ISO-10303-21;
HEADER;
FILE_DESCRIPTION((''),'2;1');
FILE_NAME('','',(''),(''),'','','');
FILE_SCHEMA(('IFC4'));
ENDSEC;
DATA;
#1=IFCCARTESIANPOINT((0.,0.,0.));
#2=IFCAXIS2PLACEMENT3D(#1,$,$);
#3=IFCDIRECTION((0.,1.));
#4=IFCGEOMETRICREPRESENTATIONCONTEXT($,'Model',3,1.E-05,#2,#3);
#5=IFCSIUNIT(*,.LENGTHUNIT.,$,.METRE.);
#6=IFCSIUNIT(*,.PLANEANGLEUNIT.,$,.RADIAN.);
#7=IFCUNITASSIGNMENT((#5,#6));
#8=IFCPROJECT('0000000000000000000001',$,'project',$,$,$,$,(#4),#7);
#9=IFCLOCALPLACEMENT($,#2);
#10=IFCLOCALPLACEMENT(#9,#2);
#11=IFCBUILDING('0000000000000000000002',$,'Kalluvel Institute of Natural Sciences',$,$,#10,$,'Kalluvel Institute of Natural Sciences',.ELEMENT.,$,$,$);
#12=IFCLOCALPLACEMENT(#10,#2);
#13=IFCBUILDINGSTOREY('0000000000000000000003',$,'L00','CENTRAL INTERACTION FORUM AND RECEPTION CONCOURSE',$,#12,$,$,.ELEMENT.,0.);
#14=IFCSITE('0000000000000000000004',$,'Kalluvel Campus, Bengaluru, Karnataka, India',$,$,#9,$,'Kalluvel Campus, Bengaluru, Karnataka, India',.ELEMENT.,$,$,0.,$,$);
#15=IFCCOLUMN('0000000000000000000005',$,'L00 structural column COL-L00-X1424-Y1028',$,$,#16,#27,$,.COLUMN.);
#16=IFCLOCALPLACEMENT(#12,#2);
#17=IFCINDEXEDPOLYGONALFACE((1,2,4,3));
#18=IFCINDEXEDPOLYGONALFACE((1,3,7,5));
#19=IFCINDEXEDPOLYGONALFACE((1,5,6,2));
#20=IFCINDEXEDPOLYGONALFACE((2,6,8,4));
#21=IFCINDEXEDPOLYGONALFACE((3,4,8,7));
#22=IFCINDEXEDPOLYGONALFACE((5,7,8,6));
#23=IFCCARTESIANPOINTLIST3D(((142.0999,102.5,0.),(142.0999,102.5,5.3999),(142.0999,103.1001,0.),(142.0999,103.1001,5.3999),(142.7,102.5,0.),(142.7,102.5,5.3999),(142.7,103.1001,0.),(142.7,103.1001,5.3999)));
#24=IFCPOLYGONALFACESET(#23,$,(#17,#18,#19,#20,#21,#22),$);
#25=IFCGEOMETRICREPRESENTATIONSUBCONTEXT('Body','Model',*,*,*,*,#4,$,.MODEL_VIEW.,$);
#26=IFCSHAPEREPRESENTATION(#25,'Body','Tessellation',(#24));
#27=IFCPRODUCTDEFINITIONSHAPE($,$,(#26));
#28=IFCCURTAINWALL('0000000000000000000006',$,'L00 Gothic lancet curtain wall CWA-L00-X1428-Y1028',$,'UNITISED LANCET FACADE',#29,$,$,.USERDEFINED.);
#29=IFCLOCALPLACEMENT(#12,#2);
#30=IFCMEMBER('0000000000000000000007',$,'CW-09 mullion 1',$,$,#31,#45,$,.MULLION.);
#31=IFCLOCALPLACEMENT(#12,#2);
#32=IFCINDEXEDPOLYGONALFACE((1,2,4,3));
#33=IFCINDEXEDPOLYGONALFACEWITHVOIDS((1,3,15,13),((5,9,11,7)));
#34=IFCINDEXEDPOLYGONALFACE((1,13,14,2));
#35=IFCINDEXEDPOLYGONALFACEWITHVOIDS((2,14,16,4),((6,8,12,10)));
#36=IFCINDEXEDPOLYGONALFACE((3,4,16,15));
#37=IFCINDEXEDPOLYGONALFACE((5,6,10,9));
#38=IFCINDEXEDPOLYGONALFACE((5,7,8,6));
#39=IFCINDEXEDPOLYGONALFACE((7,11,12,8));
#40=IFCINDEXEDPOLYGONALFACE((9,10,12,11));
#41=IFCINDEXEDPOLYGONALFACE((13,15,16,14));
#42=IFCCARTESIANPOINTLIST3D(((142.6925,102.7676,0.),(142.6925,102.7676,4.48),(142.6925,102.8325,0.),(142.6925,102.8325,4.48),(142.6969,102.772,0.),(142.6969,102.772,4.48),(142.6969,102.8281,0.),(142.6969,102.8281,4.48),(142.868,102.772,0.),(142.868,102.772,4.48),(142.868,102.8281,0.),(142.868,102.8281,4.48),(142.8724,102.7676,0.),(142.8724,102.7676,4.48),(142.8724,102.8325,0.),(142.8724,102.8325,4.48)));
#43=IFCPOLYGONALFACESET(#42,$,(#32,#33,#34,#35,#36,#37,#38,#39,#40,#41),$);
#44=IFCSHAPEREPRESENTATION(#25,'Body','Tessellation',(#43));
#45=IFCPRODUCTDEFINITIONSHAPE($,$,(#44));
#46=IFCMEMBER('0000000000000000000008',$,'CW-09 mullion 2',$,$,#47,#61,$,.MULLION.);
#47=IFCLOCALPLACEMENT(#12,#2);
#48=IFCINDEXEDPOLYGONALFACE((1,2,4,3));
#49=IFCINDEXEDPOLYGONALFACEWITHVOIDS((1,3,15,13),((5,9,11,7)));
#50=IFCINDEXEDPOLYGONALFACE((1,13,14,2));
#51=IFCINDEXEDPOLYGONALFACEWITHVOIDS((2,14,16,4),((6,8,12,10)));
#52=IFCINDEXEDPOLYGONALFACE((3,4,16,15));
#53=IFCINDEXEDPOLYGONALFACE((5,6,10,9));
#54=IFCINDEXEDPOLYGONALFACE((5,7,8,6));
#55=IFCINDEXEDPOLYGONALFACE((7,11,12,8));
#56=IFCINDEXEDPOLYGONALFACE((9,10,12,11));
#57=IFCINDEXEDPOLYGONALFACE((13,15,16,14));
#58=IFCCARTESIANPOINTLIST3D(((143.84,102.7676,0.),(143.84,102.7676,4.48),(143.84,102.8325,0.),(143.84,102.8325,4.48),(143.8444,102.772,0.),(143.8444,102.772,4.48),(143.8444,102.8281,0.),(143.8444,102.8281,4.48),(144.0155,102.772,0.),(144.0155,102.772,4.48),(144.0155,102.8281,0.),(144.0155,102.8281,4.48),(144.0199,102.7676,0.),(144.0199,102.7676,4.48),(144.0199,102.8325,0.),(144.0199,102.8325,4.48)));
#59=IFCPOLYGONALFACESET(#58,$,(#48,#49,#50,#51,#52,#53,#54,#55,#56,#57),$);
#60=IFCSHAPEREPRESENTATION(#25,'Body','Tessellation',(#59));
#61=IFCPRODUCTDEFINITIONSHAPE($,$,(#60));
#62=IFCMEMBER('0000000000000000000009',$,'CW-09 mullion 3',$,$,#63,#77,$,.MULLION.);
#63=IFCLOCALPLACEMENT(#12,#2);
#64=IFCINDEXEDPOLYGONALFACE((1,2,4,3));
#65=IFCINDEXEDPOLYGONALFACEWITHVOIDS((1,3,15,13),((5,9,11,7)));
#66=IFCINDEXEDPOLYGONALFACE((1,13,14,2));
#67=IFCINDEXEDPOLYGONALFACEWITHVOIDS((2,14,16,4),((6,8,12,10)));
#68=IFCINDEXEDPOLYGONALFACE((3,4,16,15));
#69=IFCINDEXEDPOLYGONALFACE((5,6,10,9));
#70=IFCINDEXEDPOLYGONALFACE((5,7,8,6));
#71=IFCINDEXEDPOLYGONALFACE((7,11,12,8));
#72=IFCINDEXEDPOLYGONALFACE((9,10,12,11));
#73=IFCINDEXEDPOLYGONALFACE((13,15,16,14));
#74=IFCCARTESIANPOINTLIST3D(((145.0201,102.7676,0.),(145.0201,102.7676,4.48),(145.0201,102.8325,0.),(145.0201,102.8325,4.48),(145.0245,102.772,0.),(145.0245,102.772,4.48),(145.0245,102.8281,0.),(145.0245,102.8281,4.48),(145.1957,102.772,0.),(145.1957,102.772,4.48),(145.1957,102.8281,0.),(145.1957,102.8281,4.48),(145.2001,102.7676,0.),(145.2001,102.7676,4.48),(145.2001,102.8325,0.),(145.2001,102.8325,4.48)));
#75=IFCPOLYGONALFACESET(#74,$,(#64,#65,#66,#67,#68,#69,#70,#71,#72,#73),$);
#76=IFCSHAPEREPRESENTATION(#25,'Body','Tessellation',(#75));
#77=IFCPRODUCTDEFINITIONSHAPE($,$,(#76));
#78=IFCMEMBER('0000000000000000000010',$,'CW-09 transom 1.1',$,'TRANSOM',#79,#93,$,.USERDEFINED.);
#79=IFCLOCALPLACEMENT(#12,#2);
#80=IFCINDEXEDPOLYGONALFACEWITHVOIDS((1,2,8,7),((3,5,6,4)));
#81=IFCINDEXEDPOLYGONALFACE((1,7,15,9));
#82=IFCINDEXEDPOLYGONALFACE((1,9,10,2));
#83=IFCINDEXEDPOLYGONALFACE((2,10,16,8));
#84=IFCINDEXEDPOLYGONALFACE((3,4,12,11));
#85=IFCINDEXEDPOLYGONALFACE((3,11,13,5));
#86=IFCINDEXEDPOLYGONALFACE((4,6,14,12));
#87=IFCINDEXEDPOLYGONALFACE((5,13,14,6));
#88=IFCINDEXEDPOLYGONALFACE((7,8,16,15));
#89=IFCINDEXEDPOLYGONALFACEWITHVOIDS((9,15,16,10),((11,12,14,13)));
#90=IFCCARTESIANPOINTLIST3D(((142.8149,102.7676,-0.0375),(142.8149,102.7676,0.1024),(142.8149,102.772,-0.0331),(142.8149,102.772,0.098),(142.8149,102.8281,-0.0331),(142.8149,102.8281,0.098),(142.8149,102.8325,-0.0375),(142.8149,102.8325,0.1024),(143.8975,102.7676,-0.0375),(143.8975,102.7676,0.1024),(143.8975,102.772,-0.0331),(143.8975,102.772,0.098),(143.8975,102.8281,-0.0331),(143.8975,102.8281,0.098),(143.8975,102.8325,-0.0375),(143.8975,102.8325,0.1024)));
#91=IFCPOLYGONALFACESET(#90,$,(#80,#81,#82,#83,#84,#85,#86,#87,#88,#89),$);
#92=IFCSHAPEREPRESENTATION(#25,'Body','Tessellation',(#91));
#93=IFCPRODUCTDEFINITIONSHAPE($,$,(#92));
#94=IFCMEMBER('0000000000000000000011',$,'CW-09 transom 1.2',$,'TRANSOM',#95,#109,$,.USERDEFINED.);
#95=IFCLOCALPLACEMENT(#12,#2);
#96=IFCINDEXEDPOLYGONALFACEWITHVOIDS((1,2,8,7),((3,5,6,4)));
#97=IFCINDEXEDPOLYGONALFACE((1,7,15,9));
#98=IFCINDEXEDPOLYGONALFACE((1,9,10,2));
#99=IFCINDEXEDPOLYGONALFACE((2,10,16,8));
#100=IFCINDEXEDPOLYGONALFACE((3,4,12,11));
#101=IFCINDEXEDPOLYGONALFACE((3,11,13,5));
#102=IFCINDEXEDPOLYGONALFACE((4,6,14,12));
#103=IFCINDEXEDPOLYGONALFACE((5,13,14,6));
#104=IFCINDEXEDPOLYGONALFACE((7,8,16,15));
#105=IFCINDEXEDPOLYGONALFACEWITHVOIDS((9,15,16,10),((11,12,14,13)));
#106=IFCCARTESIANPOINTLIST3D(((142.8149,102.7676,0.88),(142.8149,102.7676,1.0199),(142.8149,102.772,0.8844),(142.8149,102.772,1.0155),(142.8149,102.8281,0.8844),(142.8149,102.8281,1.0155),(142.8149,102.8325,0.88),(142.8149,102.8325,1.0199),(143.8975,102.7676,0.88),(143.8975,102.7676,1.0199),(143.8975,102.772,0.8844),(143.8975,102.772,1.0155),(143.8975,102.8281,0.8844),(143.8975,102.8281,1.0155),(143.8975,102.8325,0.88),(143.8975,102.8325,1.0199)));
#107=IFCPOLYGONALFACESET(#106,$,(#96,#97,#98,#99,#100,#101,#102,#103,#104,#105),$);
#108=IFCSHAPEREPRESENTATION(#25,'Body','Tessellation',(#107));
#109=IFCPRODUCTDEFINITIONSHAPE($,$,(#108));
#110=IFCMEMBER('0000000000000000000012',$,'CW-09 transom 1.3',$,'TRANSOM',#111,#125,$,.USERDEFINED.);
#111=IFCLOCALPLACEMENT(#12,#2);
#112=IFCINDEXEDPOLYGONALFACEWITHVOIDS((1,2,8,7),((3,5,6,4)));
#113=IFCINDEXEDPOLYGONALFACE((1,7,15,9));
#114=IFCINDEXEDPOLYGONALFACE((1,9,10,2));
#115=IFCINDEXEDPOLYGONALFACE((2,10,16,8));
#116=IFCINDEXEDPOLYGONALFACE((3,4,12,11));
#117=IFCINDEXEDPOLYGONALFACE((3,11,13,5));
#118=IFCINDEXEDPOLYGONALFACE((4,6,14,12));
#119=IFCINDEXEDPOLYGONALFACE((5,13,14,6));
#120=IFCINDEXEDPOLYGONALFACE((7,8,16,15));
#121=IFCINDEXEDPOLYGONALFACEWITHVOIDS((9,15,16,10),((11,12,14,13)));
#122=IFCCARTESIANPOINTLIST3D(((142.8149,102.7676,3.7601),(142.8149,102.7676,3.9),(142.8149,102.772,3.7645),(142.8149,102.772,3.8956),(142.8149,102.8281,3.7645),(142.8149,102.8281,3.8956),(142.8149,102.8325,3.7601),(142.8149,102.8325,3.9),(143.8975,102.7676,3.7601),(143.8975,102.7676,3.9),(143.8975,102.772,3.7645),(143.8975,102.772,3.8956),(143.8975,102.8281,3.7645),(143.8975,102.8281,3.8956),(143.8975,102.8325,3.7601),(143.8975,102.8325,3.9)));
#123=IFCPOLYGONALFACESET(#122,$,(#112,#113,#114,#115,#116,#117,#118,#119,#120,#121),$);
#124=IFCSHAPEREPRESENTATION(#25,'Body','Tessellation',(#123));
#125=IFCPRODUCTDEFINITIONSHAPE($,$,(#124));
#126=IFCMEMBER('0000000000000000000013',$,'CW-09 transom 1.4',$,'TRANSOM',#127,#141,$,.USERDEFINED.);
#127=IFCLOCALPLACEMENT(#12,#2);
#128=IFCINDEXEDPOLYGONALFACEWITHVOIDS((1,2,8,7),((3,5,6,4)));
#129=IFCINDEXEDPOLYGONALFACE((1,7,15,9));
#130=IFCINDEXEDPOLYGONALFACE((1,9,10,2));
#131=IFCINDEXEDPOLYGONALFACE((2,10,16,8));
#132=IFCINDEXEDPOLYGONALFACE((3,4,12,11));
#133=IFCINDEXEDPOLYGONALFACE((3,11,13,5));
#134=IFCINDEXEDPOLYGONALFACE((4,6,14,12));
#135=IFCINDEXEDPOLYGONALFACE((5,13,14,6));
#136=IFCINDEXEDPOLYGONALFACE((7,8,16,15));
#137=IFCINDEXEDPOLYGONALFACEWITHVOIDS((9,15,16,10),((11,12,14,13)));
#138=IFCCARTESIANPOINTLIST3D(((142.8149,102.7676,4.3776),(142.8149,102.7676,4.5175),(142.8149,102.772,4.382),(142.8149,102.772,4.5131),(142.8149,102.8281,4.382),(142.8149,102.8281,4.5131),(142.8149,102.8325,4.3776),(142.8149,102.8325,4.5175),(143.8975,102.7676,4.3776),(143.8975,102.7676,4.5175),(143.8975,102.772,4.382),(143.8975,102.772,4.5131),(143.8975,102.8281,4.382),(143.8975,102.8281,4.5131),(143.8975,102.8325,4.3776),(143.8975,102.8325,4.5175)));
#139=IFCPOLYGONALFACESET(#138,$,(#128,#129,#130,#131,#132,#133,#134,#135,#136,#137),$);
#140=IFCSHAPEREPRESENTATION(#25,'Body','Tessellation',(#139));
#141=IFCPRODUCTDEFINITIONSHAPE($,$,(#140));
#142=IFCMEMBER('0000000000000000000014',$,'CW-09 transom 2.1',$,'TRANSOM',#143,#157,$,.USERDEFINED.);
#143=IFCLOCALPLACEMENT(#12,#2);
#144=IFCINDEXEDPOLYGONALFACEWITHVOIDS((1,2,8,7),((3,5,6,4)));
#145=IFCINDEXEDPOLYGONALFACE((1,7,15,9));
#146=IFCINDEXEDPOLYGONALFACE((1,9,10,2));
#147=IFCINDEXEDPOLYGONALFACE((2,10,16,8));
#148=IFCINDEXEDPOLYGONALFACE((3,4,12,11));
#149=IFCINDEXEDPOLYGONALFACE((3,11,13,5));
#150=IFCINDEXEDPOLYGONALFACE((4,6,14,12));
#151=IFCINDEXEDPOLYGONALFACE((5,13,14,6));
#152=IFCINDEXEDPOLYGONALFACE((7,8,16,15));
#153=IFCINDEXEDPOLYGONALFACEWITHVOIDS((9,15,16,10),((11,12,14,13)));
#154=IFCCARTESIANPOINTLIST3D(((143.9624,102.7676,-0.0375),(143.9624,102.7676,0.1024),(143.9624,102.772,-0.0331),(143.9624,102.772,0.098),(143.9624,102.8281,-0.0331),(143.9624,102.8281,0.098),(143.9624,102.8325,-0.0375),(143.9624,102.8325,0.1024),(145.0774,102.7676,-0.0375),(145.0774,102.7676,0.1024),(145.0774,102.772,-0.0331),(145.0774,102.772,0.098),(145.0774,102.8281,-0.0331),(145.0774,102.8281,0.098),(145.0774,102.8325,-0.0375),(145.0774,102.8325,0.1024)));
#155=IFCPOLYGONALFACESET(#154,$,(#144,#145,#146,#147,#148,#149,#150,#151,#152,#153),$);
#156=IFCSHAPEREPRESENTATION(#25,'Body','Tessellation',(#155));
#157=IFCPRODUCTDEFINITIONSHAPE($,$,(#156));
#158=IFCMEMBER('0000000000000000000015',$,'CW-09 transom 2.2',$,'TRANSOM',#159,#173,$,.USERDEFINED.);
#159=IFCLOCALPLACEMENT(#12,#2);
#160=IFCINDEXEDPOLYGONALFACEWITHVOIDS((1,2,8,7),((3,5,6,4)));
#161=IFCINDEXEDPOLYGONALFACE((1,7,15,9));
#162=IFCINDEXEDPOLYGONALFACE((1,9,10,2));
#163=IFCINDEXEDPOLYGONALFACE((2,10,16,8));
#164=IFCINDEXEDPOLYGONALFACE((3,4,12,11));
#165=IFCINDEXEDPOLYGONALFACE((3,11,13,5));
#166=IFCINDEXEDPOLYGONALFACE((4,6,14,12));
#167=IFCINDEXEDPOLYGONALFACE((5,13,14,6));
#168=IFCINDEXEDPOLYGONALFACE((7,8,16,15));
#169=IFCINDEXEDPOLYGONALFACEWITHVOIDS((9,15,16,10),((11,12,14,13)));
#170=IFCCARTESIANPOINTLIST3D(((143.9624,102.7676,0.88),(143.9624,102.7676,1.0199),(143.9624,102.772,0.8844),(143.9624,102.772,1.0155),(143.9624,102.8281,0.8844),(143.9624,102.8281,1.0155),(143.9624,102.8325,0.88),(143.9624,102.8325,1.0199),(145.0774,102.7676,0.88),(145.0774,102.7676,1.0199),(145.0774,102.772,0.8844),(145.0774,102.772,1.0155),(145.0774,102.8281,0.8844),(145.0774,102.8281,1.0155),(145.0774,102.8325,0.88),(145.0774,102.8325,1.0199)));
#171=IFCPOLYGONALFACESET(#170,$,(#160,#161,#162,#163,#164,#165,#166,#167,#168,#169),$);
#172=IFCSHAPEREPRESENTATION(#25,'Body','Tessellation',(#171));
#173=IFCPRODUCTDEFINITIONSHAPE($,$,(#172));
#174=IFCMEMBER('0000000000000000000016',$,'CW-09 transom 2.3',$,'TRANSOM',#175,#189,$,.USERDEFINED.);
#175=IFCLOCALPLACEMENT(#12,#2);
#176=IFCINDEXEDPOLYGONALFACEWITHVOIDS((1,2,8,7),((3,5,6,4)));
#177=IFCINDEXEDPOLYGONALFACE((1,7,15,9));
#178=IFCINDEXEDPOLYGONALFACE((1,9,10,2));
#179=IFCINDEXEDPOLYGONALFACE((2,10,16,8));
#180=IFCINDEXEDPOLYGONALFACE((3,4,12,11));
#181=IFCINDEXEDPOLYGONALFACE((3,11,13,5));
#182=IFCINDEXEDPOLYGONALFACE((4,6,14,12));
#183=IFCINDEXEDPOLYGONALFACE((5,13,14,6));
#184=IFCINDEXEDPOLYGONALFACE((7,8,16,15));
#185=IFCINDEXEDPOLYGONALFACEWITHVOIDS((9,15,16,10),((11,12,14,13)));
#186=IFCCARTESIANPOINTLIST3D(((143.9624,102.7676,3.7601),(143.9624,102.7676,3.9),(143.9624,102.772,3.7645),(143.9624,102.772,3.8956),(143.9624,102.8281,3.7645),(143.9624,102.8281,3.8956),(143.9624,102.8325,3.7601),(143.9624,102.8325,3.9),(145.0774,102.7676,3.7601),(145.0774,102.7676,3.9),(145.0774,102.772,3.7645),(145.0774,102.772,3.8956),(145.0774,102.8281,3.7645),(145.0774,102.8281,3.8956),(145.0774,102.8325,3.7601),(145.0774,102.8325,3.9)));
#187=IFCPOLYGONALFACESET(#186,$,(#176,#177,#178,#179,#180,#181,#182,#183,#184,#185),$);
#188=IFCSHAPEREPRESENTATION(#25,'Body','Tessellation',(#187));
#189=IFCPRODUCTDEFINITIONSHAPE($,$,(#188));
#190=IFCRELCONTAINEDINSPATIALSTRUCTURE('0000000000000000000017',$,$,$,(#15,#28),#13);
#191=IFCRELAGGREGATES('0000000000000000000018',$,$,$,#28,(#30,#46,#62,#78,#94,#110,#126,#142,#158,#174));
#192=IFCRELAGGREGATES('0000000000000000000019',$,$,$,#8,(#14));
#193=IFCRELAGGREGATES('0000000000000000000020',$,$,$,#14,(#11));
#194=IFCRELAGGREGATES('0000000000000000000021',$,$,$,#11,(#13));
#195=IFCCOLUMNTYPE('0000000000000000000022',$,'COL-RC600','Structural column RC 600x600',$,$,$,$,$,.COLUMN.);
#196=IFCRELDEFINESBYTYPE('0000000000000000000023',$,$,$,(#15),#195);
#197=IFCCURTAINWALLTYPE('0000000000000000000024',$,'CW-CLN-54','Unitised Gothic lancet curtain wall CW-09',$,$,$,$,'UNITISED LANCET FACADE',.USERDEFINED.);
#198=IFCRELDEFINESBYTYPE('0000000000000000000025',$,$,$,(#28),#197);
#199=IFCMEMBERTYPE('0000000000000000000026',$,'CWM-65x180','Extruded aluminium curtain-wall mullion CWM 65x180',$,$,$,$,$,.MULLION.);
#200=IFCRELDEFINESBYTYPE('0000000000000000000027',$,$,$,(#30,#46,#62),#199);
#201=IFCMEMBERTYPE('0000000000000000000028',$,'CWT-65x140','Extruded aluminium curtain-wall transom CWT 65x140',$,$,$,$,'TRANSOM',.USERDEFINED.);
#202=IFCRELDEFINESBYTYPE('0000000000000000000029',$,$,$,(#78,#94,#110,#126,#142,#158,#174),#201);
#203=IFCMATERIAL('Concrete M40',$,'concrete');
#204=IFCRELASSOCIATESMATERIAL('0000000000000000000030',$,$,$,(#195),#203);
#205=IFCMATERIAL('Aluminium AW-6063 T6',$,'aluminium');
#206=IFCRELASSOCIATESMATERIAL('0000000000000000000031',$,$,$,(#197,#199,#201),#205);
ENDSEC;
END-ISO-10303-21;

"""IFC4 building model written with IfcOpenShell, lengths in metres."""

from ifc_helpers import new_model, si_unit, direction, frame, origin, origin_2d, place, context, subcontext, project, spatial, rectangle, hollow_rectangle, extrude, material, material_profile, profile_set, type_object, element, aggregate, save


model = new_model("IFC4")

# Units and contexts
model_context = context("Model", 3, precision=1e-05, world=origin(), true_north=direction((0.0, 1.0)))
body_context = subcontext(model_context, "Body", "Model", "MODEL_VIEW")
ifc_project = project(units=[si_unit("LENGTHUNIT", "METRE"), si_unit("PLANEANGLEUNIT", "RADIAN")], contexts=[model_context])

# Site, building, storey
site_placement = place(None, origin())
site = spatial("IfcSite", under=ifc_project, at=site_placement, Name="Kalluvel Campus, Bengaluru, Karnataka, India", LongName="Kalluvel Campus, Bengaluru, Karnataka, India", CompositionType="ELEMENT", RefElevation=0.0)
building_placement = place(site_placement, origin())
building = spatial("IfcBuilding", under=site, at=building_placement, Name="Kalluvel Institute of Natural Sciences", LongName="Kalluvel Institute of Natural Sciences", CompositionType="ELEMENT")
storey_placement = place(building_placement, origin())
storey = spatial("IfcBuildingStorey", under=building, at=storey_placement, Name="L00", Description="CENTRAL INTERACTION FORUM AND RECEPTION CONCOURSE", CompositionType="ELEMENT", Elevation=0.0)

# Column
ifc_material_1 = material(Name="Concrete M40", Category="concrete")
ifc_material_profile_1 = material_profile(ifc_material_1, rectangle(XDim=0.6001, YDim=0.6001, at=origin_2d()), Name="RC 600x600")
ifc_profile_set_1 = profile_set([ifc_material_profile_1], Name="Concrete M40")
column_type = type_object("IfcColumnType", Name="COL-RC600", Description="Structural column RC 600x600", PredefinedType="COLUMN", material=ifc_profile_set_1)
column_placement = place(storey_placement, frame((142.3999, 102.8, 0.0), z_axis=(0.0, 0.0, 1.0), x_axis=(1.0, 0.0, 0.0)))
element("IfcColumn", 1, at=column_placement, inside=storey, type_object=column_type, Name="L00 structural column COL-L00-X1424-Y1028", PredefinedType="COLUMN", context=body_context, shape_type="SweptSolid", body=[
    extrude(rectangle(XDim=0.6001, YDim=0.6001, at=origin_2d()), origin(), (0.0, 0.0, 1.0), 5.3999),
])

# Curtain wall, members
ifc_material_2 = material(Name="Aluminium AW-6063 T6", Category="aluminium")
curtain_wall_type = type_object("IfcCurtainWallType", Name="CW-CLN-54", Description="Unitised Gothic lancet curtain wall CW-09", ElementType="UNITISED LANCET FACADE", PredefinedType="USERDEFINED", material=ifc_material_2)
curtain_wall_placement = place(storey_placement, origin())
curtain_wall = element("IfcCurtainWall", 2, at=curtain_wall_placement, inside=storey, type_object=curtain_wall_type, Name="L00 Gothic lancet curtain wall CWA-L00-X1428-Y1028", ObjectType="UNITISED LANCET FACADE", PredefinedType="USERDEFINED")
ifc_material_profile_2 = material_profile(ifc_material_2, hollow_rectangle(XDim=0.0649, YDim=0.1799, WallThickness=0.0044, at=origin_2d()), Name="CWM 65x180")
ifc_profile_set_2 = profile_set([ifc_material_profile_2], Name="Aluminium AW-6063 T6")
member_type_1 = type_object("IfcMemberType", Name="CWM-65x180", Description="Extruded aluminium curtain-wall mullion CWM 65x180", PredefinedType="MULLION", material=ifc_profile_set_2)
member_1_placement = place(storey_placement, frame((142.7825, 102.8, 0.0), z_axis=(0.0, 0.0, 1.0), x_axis=(0.0, 1.0, 0.0)))
member_1 = element("IfcMember", 3, at=member_1_placement, type_object=member_type_1, Name="CW-09 mullion 1", PredefinedType="MULLION", context=body_context, shape_type="SweptSolid", body=[
    extrude(hollow_rectangle(XDim=0.0649, YDim=0.1799, WallThickness=0.0044, at=origin_2d()), origin(), (0.0, 0.0, 1.0), 4.48),
])
member_2_placement = place(storey_placement, frame((143.9299, 102.8, 0.0), z_axis=(0.0, 0.0, 1.0), x_axis=(0.0, 1.0, 0.0)))
member_2 = element("IfcMember", 4, at=member_2_placement, type_object=member_type_1, Name="CW-09 mullion 2", PredefinedType="MULLION", context=body_context, shape_type="SweptSolid", body=[
    extrude(hollow_rectangle(XDim=0.0649, YDim=0.1799, WallThickness=0.0044, at=origin_2d()), origin(), (0.0, 0.0, 1.0), 4.48),
])
member_3_placement = place(storey_placement, frame((145.1101, 102.8, 0.0), z_axis=(0.0, 0.0, 1.0), x_axis=(0.0, 1.0, 0.0)))
member_3 = element("IfcMember", 5, at=member_3_placement, type_object=member_type_1, Name="CW-09 mullion 3", PredefinedType="MULLION", context=body_context, shape_type="SweptSolid", body=[
    extrude(hollow_rectangle(XDim=0.0649, YDim=0.1799, WallThickness=0.0044, at=origin_2d()), origin(), (0.0, 0.0, 1.0), 4.48),
])
ifc_material_profile_3 = material_profile(ifc_material_2, hollow_rectangle(XDim=0.0649, YDim=0.1399, WallThickness=0.0044, at=origin_2d()), Name="CWT 65x140")
ifc_profile_set_3 = profile_set([ifc_material_profile_3], Name="Aluminium AW-6063 T6")
member_type_2 = type_object("IfcMemberType", Name="CWT-65x140", Description="Extruded aluminium curtain-wall transom CWT 65x140", ElementType="TRANSOM", PredefinedType="USERDEFINED", material=ifc_profile_set_3)
member_4_placement = place(storey_placement, frame((142.8149, 102.8, 0.0325), z_axis=(1.0, 0.0, 0.0), x_axis=(0.0, 1.0, 0.0)))
member_4 = element("IfcMember", 6, at=member_4_placement, type_object=member_type_2, Name="CW-09 transom 1.1", ObjectType="TRANSOM", PredefinedType="USERDEFINED", context=body_context, shape_type="SweptSolid", body=[
    extrude(hollow_rectangle(XDim=0.0649, YDim=0.1399, WallThickness=0.0044, at=origin_2d()), origin(), (0.0, 0.0, 1.0), 1.0825),
])
member_5_placement = place(storey_placement, frame((142.8149, 102.8, 0.95), z_axis=(1.0, 0.0, 0.0), x_axis=(0.0, 1.0, 0.0)))
member_5 = element("IfcMember", 7, at=member_5_placement, type_object=member_type_2, Name="CW-09 transom 1.2", ObjectType="TRANSOM", PredefinedType="USERDEFINED", context=body_context, shape_type="SweptSolid", body=[
    extrude(hollow_rectangle(XDim=0.0649, YDim=0.1399, WallThickness=0.0044, at=origin_2d()), origin(), (0.0, 0.0, 1.0), 1.0825),
])
member_6_placement = place(storey_placement, frame((142.8149, 102.8, 3.8301), z_axis=(1.0, 0.0, 0.0), x_axis=(0.0, 1.0, 0.0)))
member_6 = element("IfcMember", 8, at=member_6_placement, type_object=member_type_2, Name="CW-09 transom 1.3", ObjectType="TRANSOM", PredefinedType="USERDEFINED", context=body_context, shape_type="SweptSolid", body=[
    extrude(hollow_rectangle(XDim=0.0649, YDim=0.1399, WallThickness=0.0044, at=origin_2d()), origin(), (0.0, 0.0, 1.0), 1.0825),
])
member_7_placement = place(storey_placement, frame((142.8149, 102.8, 4.4475), z_axis=(1.0, 0.0, 0.0), x_axis=(0.0, 1.0, 0.0)))
member_7 = element("IfcMember", 9, at=member_7_placement, type_object=member_type_2, Name="CW-09 transom 1.4", ObjectType="TRANSOM", PredefinedType="USERDEFINED", context=body_context, shape_type="SweptSolid", body=[
    extrude(hollow_rectangle(XDim=0.0649, YDim=0.1399, WallThickness=0.0044, at=origin_2d()), origin(), (0.0, 0.0, 1.0), 1.0825),
])
member_8_placement = place(storey_placement, frame((143.9624, 102.8, 0.0325), z_axis=(1.0, 0.0, 0.0), x_axis=(0.0, 1.0, 0.0)))
member_8 = element("IfcMember", 10, at=member_8_placement, type_object=member_type_2, Name="CW-09 transom 2.1", ObjectType="TRANSOM", PredefinedType="USERDEFINED", context=body_context, shape_type="SweptSolid", body=[
    extrude(hollow_rectangle(XDim=0.0649, YDim=0.1399, WallThickness=0.0044, at=origin_2d()), origin(), (0.0, 0.0, 1.0), 1.115),
])
member_9_placement = place(storey_placement, frame((143.9624, 102.8, 0.95), z_axis=(1.0, 0.0, 0.0), x_axis=(0.0, 1.0, 0.0)))
member_9 = element("IfcMember", 11, at=member_9_placement, type_object=member_type_2, Name="CW-09 transom 2.2", ObjectType="TRANSOM", PredefinedType="USERDEFINED", context=body_context, shape_type="SweptSolid", body=[
    extrude(hollow_rectangle(XDim=0.0649, YDim=0.1399, WallThickness=0.0044, at=origin_2d()), origin(), (0.0, 0.0, 1.0), 1.115),
])
member_10_placement = place(storey_placement, frame((143.9624, 102.8, 3.8301), z_axis=(1.0, 0.0, 0.0), x_axis=(0.0, 1.0, 0.0)))
member_10 = element("IfcMember", 12, at=member_10_placement, type_object=member_type_2, Name="CW-09 transom 2.3", ObjectType="TRANSOM", PredefinedType="USERDEFINED", context=body_context, shape_type="SweptSolid", body=[
    extrude(hollow_rectangle(XDim=0.0649, YDim=0.1399, WallThickness=0.0044, at=origin_2d()), origin(), (0.0, 0.0, 1.0), 1.115),
])

aggregate(curtain_wall, [member_1, member_2, member_3, member_4, member_5, member_6, member_7, member_8, member_9, member_10])

save(model, "model.ifc")
